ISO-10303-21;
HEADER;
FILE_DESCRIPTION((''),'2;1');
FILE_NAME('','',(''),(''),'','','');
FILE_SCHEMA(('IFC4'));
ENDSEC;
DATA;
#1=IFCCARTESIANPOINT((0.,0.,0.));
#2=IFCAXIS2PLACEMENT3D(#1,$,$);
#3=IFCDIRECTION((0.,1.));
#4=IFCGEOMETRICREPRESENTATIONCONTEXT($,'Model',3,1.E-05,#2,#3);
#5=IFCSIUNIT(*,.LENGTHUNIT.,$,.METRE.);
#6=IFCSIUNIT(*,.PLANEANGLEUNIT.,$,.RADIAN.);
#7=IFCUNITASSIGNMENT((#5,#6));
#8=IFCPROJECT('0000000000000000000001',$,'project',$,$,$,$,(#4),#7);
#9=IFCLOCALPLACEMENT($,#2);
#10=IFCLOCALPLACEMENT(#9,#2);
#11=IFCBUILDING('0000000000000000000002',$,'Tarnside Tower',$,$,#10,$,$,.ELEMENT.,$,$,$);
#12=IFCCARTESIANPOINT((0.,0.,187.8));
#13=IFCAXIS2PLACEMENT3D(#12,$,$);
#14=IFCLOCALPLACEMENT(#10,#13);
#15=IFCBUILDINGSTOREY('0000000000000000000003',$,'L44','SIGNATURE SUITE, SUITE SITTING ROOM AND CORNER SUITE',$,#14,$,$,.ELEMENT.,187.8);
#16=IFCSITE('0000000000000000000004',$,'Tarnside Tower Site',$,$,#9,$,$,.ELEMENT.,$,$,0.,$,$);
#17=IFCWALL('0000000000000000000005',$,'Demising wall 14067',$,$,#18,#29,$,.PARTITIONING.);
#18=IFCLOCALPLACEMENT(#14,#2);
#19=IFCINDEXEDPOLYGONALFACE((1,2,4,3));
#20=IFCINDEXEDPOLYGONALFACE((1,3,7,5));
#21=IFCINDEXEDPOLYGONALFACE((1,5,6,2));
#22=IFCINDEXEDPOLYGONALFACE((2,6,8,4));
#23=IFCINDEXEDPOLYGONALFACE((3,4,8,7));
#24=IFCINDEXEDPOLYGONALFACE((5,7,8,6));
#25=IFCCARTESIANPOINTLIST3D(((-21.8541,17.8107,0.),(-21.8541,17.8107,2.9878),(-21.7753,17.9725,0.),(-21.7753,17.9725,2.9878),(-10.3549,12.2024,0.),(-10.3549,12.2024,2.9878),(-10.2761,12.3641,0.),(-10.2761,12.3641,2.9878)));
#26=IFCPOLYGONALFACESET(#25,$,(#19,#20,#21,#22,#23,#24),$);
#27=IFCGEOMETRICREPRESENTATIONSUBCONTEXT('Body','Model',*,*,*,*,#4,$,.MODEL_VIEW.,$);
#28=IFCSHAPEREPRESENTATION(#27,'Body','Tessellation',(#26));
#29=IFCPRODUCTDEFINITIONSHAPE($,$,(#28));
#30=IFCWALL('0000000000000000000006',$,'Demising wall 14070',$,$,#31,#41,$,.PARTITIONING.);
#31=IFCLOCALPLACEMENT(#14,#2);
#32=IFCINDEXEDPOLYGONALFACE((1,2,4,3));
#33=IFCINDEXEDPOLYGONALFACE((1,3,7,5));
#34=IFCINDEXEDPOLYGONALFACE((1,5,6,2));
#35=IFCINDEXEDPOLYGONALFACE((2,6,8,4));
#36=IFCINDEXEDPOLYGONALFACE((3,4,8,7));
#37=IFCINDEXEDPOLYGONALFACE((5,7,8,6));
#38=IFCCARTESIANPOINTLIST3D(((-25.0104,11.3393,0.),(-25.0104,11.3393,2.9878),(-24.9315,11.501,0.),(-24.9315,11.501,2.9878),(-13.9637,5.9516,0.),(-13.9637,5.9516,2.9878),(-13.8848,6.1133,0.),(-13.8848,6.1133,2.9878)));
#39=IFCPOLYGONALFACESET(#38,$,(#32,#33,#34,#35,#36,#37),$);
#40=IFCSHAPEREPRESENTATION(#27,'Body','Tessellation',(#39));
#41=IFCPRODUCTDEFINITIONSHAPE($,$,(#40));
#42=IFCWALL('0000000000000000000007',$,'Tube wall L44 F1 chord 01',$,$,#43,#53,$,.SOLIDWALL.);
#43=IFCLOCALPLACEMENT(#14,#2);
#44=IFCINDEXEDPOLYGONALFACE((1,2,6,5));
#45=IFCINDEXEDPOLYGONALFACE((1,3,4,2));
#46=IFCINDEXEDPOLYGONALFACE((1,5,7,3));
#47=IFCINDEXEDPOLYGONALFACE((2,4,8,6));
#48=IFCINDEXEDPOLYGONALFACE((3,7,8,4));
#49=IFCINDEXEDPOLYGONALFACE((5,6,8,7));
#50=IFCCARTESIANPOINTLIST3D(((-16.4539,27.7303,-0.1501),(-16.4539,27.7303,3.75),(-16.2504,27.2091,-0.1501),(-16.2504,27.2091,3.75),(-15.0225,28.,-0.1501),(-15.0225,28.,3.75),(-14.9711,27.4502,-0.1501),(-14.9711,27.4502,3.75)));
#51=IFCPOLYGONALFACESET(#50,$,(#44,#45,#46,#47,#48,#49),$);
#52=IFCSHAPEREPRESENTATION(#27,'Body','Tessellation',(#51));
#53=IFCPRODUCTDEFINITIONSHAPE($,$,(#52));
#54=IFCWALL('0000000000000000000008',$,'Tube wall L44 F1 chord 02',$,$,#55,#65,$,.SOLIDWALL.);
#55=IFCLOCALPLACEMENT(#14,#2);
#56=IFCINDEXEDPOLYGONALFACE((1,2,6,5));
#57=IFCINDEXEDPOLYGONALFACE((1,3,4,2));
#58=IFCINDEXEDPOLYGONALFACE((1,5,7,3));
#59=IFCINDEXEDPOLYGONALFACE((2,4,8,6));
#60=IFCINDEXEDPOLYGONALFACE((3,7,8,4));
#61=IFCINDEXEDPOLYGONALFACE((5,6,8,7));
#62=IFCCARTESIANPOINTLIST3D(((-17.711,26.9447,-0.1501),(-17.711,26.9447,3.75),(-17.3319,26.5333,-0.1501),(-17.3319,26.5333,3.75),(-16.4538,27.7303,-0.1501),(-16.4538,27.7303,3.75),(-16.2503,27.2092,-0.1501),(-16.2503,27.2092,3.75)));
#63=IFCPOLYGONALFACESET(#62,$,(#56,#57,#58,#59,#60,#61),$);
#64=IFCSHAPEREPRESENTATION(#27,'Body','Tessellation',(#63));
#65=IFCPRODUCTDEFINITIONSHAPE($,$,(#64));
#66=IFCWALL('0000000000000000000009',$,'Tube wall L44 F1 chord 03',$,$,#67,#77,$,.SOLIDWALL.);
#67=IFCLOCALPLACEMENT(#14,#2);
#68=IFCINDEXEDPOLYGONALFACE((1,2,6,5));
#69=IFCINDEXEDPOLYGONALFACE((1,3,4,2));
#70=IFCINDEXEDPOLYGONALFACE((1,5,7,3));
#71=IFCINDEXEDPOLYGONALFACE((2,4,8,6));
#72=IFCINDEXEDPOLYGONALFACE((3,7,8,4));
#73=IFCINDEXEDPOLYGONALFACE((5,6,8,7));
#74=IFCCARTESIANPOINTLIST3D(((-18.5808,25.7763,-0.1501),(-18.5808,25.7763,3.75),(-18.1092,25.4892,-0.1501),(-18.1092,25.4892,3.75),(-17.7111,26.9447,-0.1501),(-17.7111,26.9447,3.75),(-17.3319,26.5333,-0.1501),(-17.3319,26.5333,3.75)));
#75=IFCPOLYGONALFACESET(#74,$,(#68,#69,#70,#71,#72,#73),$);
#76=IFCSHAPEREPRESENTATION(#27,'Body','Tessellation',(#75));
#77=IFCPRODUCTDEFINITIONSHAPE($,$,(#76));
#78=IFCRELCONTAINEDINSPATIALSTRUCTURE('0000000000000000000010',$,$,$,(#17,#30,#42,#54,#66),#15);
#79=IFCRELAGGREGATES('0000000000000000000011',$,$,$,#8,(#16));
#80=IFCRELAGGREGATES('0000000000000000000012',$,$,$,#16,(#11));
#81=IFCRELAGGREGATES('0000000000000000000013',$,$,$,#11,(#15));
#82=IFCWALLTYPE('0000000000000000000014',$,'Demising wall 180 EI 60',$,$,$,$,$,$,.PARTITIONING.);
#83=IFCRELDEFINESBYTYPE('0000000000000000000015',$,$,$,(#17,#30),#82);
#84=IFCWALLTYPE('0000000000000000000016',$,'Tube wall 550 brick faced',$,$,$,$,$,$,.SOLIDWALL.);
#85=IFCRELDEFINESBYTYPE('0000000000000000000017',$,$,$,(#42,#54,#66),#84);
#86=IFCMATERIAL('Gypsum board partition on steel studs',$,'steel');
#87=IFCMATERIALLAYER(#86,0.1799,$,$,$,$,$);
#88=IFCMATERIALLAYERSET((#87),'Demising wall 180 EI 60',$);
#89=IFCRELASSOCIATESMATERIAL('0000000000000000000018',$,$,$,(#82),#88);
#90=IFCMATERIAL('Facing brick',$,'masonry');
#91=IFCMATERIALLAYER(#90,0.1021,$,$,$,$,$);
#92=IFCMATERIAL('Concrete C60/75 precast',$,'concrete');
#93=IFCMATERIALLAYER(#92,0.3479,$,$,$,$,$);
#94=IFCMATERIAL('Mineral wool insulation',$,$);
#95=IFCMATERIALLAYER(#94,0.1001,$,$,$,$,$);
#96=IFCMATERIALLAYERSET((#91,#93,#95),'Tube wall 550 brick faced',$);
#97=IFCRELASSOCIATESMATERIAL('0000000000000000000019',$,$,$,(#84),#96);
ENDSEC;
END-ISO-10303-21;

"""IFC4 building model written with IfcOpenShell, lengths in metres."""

from ifc_helpers import new_model, si_unit, direction, frame, frame_2d, origin, place, context, subcontext, project, spatial, polyline, rectangle, outline, extrude, material, layer, layer_set, type_object, element, save


model = new_model("IFC4")

# Units and contexts
model_context = context("Model", 3, precision=1e-05, world=origin(), true_north=direction((0.0, 1.0)))
body_context = subcontext(model_context, "Body", "Model", "MODEL_VIEW")
ifc_project = project(units=[si_unit("LENGTHUNIT", "METRE"), si_unit("PLANEANGLEUNIT", "RADIAN")], contexts=[model_context])

# Site, building, storey
site_placement = place(None, origin())
site = spatial("IfcSite", under=ifc_project, at=site_placement, Name="Tarnside Tower Site", CompositionType="ELEMENT", RefElevation=0.0)
building_placement = place(site_placement, origin())
building = spatial("IfcBuilding", under=site, at=building_placement, Name="Tarnside Tower", CompositionType="ELEMENT")
storey_placement = place(building_placement, frame((0.0, 0.0, 187.8)))
storey = spatial("IfcBuildingStorey", under=building, at=storey_placement, Name="L44", Description="SIGNATURE SUITE, SUITE SITTING ROOM AND CORNER SUITE", CompositionType="ELEMENT", Elevation=187.8)

# Shared definitions
ifc_material_1 = material(Name="Gypsum board partition on steel studs", Category="steel")

# Walls
ifc_layer_1 = layer(ifc_material_1, 0.1799)
ifc_layer_set_1 = layer_set([ifc_layer_1], Name="Demising wall 180 EI 60")
wall_type_1 = type_object("IfcWallType", Name="Demising wall 180 EI 60", PredefinedType="PARTITIONING", material=ifc_layer_set_1)
wall_1_placement = place(storey_placement, frame((-21.8147, 17.8916, 0.0), z_axis=(0.0, 0.0, 1.0), x_axis=(0.898799, -0.43836, 0.0)))
element("IfcWall", 1, at=wall_1_placement, inside=storey, type_object=wall_type_1, Name="Demising wall 14067", PredefinedType="PARTITIONING", context=body_context, shape_type="SweptSolid", body=[
    extrude(rectangle(XDim=12.7939, YDim=0.1799, at=frame_2d((6.397, 0.0))), origin(), (0.0, 0.0, 1.0), 2.9878),
])
wall_2_placement = place(storey_placement, frame((-24.9709, 11.4202, 0.0), z_axis=(0.0, 0.0, 1.0), x_axis=(0.898797, -0.438364, 0.0)))
element("IfcWall", 2, at=wall_2_placement, inside=storey, type_object=wall_type_1, Name="Demising wall 14070", PredefinedType="PARTITIONING", context=body_context, shape_type="SweptSolid", body=[
    extrude(rectangle(XDim=12.2905, YDim=0.1799, at=frame_2d((6.1453, 0.0))), origin(), (0.0, 0.0, 1.0), 2.9878),
])
ifc_material_2 = material(Name="Facing brick", Category="masonry")
ifc_layer_2 = layer(ifc_material_2, 0.1021)
ifc_material_3 = material(Name="Concrete C60/75 precast", Category="concrete")
ifc_layer_3 = layer(ifc_material_3, 0.3479)
ifc_material_4 = material(Name="Mineral wool insulation")
ifc_layer_4 = layer(ifc_material_4, 0.1001)
ifc_layer_set_2 = layer_set([ifc_layer_2, ifc_layer_3, ifc_layer_4], Name="Tube wall 550 brick faced")
wall_type_2 = type_object("IfcWallType", Name="Tube wall 550 brick faced", PredefinedType="SOLIDWALL", material=ifc_layer_set_2)
wall_3_placement = place(storey_placement, frame((-14.9968, 27.7251, -0.1501), z_axis=(0.0, 0.0, 1.0), x_axis=(-0.982705, -0.185176, 0.0)))
element("IfcWall", 3, at=wall_3_placement, inside=storey, type_object=wall_type_2, Name="Tube wall L44 F1 chord 01", PredefinedType="SOLIDWALL", context=body_context, shape_type="SweptSolid", body=[
    extrude(outline(polyline([(-0.0256, -0.2749), (1.4309, -0.2749), (1.3274, 0.2749), (0.0256, 0.2749), (-0.0256, -0.2749)])), origin(), (0.0, 0.0, 1.0), 3.9001),
])
wall_4_placement = place(storey_placement, frame((-16.3521, 27.4697, -0.1501), z_axis=(0.0, 0.0, 1.0), x_axis=(-0.848058, -0.529903, 0.0)))
element("IfcWall", 4, at=wall_4_placement, inside=storey, type_object=wall_type_2, Name="Tube wall L44 F1 chord 02", PredefinedType="SOLIDWALL", context=body_context, shape_type="SweptSolid", body=[
    extrude(outline(polyline([(-0.0518, -0.2749), (1.4307, -0.2749), (1.3271, 0.2749), (0.0518, 0.2749), (-0.0518, -0.2749)])), origin(), (0.0, 0.0, 1.0), 3.9001),
])
wall_5_placement = place(storey_placement, frame((-17.5215, 26.739, -0.1501), z_axis=(0.0, 0.0, 1.0), x_axis=(-0.597135, -0.802141, 0.0)))
element("IfcWall", 5, at=wall_5_placement, inside=storey, type_object=wall_type_2, Name="Tube wall L44 F1 chord 03", PredefinedType="SOLIDWALL", context=body_context, shape_type="SweptSolid", body=[
    extrude(outline(polyline([(-0.0518, -0.2749), (1.4048, -0.2749), (1.3535, 0.2749), (0.0518, 0.2749), (-0.0518, -0.2749)])), origin(), (0.0, 0.0, 1.0), 3.9001),
])

save(model, "model.ifc")
